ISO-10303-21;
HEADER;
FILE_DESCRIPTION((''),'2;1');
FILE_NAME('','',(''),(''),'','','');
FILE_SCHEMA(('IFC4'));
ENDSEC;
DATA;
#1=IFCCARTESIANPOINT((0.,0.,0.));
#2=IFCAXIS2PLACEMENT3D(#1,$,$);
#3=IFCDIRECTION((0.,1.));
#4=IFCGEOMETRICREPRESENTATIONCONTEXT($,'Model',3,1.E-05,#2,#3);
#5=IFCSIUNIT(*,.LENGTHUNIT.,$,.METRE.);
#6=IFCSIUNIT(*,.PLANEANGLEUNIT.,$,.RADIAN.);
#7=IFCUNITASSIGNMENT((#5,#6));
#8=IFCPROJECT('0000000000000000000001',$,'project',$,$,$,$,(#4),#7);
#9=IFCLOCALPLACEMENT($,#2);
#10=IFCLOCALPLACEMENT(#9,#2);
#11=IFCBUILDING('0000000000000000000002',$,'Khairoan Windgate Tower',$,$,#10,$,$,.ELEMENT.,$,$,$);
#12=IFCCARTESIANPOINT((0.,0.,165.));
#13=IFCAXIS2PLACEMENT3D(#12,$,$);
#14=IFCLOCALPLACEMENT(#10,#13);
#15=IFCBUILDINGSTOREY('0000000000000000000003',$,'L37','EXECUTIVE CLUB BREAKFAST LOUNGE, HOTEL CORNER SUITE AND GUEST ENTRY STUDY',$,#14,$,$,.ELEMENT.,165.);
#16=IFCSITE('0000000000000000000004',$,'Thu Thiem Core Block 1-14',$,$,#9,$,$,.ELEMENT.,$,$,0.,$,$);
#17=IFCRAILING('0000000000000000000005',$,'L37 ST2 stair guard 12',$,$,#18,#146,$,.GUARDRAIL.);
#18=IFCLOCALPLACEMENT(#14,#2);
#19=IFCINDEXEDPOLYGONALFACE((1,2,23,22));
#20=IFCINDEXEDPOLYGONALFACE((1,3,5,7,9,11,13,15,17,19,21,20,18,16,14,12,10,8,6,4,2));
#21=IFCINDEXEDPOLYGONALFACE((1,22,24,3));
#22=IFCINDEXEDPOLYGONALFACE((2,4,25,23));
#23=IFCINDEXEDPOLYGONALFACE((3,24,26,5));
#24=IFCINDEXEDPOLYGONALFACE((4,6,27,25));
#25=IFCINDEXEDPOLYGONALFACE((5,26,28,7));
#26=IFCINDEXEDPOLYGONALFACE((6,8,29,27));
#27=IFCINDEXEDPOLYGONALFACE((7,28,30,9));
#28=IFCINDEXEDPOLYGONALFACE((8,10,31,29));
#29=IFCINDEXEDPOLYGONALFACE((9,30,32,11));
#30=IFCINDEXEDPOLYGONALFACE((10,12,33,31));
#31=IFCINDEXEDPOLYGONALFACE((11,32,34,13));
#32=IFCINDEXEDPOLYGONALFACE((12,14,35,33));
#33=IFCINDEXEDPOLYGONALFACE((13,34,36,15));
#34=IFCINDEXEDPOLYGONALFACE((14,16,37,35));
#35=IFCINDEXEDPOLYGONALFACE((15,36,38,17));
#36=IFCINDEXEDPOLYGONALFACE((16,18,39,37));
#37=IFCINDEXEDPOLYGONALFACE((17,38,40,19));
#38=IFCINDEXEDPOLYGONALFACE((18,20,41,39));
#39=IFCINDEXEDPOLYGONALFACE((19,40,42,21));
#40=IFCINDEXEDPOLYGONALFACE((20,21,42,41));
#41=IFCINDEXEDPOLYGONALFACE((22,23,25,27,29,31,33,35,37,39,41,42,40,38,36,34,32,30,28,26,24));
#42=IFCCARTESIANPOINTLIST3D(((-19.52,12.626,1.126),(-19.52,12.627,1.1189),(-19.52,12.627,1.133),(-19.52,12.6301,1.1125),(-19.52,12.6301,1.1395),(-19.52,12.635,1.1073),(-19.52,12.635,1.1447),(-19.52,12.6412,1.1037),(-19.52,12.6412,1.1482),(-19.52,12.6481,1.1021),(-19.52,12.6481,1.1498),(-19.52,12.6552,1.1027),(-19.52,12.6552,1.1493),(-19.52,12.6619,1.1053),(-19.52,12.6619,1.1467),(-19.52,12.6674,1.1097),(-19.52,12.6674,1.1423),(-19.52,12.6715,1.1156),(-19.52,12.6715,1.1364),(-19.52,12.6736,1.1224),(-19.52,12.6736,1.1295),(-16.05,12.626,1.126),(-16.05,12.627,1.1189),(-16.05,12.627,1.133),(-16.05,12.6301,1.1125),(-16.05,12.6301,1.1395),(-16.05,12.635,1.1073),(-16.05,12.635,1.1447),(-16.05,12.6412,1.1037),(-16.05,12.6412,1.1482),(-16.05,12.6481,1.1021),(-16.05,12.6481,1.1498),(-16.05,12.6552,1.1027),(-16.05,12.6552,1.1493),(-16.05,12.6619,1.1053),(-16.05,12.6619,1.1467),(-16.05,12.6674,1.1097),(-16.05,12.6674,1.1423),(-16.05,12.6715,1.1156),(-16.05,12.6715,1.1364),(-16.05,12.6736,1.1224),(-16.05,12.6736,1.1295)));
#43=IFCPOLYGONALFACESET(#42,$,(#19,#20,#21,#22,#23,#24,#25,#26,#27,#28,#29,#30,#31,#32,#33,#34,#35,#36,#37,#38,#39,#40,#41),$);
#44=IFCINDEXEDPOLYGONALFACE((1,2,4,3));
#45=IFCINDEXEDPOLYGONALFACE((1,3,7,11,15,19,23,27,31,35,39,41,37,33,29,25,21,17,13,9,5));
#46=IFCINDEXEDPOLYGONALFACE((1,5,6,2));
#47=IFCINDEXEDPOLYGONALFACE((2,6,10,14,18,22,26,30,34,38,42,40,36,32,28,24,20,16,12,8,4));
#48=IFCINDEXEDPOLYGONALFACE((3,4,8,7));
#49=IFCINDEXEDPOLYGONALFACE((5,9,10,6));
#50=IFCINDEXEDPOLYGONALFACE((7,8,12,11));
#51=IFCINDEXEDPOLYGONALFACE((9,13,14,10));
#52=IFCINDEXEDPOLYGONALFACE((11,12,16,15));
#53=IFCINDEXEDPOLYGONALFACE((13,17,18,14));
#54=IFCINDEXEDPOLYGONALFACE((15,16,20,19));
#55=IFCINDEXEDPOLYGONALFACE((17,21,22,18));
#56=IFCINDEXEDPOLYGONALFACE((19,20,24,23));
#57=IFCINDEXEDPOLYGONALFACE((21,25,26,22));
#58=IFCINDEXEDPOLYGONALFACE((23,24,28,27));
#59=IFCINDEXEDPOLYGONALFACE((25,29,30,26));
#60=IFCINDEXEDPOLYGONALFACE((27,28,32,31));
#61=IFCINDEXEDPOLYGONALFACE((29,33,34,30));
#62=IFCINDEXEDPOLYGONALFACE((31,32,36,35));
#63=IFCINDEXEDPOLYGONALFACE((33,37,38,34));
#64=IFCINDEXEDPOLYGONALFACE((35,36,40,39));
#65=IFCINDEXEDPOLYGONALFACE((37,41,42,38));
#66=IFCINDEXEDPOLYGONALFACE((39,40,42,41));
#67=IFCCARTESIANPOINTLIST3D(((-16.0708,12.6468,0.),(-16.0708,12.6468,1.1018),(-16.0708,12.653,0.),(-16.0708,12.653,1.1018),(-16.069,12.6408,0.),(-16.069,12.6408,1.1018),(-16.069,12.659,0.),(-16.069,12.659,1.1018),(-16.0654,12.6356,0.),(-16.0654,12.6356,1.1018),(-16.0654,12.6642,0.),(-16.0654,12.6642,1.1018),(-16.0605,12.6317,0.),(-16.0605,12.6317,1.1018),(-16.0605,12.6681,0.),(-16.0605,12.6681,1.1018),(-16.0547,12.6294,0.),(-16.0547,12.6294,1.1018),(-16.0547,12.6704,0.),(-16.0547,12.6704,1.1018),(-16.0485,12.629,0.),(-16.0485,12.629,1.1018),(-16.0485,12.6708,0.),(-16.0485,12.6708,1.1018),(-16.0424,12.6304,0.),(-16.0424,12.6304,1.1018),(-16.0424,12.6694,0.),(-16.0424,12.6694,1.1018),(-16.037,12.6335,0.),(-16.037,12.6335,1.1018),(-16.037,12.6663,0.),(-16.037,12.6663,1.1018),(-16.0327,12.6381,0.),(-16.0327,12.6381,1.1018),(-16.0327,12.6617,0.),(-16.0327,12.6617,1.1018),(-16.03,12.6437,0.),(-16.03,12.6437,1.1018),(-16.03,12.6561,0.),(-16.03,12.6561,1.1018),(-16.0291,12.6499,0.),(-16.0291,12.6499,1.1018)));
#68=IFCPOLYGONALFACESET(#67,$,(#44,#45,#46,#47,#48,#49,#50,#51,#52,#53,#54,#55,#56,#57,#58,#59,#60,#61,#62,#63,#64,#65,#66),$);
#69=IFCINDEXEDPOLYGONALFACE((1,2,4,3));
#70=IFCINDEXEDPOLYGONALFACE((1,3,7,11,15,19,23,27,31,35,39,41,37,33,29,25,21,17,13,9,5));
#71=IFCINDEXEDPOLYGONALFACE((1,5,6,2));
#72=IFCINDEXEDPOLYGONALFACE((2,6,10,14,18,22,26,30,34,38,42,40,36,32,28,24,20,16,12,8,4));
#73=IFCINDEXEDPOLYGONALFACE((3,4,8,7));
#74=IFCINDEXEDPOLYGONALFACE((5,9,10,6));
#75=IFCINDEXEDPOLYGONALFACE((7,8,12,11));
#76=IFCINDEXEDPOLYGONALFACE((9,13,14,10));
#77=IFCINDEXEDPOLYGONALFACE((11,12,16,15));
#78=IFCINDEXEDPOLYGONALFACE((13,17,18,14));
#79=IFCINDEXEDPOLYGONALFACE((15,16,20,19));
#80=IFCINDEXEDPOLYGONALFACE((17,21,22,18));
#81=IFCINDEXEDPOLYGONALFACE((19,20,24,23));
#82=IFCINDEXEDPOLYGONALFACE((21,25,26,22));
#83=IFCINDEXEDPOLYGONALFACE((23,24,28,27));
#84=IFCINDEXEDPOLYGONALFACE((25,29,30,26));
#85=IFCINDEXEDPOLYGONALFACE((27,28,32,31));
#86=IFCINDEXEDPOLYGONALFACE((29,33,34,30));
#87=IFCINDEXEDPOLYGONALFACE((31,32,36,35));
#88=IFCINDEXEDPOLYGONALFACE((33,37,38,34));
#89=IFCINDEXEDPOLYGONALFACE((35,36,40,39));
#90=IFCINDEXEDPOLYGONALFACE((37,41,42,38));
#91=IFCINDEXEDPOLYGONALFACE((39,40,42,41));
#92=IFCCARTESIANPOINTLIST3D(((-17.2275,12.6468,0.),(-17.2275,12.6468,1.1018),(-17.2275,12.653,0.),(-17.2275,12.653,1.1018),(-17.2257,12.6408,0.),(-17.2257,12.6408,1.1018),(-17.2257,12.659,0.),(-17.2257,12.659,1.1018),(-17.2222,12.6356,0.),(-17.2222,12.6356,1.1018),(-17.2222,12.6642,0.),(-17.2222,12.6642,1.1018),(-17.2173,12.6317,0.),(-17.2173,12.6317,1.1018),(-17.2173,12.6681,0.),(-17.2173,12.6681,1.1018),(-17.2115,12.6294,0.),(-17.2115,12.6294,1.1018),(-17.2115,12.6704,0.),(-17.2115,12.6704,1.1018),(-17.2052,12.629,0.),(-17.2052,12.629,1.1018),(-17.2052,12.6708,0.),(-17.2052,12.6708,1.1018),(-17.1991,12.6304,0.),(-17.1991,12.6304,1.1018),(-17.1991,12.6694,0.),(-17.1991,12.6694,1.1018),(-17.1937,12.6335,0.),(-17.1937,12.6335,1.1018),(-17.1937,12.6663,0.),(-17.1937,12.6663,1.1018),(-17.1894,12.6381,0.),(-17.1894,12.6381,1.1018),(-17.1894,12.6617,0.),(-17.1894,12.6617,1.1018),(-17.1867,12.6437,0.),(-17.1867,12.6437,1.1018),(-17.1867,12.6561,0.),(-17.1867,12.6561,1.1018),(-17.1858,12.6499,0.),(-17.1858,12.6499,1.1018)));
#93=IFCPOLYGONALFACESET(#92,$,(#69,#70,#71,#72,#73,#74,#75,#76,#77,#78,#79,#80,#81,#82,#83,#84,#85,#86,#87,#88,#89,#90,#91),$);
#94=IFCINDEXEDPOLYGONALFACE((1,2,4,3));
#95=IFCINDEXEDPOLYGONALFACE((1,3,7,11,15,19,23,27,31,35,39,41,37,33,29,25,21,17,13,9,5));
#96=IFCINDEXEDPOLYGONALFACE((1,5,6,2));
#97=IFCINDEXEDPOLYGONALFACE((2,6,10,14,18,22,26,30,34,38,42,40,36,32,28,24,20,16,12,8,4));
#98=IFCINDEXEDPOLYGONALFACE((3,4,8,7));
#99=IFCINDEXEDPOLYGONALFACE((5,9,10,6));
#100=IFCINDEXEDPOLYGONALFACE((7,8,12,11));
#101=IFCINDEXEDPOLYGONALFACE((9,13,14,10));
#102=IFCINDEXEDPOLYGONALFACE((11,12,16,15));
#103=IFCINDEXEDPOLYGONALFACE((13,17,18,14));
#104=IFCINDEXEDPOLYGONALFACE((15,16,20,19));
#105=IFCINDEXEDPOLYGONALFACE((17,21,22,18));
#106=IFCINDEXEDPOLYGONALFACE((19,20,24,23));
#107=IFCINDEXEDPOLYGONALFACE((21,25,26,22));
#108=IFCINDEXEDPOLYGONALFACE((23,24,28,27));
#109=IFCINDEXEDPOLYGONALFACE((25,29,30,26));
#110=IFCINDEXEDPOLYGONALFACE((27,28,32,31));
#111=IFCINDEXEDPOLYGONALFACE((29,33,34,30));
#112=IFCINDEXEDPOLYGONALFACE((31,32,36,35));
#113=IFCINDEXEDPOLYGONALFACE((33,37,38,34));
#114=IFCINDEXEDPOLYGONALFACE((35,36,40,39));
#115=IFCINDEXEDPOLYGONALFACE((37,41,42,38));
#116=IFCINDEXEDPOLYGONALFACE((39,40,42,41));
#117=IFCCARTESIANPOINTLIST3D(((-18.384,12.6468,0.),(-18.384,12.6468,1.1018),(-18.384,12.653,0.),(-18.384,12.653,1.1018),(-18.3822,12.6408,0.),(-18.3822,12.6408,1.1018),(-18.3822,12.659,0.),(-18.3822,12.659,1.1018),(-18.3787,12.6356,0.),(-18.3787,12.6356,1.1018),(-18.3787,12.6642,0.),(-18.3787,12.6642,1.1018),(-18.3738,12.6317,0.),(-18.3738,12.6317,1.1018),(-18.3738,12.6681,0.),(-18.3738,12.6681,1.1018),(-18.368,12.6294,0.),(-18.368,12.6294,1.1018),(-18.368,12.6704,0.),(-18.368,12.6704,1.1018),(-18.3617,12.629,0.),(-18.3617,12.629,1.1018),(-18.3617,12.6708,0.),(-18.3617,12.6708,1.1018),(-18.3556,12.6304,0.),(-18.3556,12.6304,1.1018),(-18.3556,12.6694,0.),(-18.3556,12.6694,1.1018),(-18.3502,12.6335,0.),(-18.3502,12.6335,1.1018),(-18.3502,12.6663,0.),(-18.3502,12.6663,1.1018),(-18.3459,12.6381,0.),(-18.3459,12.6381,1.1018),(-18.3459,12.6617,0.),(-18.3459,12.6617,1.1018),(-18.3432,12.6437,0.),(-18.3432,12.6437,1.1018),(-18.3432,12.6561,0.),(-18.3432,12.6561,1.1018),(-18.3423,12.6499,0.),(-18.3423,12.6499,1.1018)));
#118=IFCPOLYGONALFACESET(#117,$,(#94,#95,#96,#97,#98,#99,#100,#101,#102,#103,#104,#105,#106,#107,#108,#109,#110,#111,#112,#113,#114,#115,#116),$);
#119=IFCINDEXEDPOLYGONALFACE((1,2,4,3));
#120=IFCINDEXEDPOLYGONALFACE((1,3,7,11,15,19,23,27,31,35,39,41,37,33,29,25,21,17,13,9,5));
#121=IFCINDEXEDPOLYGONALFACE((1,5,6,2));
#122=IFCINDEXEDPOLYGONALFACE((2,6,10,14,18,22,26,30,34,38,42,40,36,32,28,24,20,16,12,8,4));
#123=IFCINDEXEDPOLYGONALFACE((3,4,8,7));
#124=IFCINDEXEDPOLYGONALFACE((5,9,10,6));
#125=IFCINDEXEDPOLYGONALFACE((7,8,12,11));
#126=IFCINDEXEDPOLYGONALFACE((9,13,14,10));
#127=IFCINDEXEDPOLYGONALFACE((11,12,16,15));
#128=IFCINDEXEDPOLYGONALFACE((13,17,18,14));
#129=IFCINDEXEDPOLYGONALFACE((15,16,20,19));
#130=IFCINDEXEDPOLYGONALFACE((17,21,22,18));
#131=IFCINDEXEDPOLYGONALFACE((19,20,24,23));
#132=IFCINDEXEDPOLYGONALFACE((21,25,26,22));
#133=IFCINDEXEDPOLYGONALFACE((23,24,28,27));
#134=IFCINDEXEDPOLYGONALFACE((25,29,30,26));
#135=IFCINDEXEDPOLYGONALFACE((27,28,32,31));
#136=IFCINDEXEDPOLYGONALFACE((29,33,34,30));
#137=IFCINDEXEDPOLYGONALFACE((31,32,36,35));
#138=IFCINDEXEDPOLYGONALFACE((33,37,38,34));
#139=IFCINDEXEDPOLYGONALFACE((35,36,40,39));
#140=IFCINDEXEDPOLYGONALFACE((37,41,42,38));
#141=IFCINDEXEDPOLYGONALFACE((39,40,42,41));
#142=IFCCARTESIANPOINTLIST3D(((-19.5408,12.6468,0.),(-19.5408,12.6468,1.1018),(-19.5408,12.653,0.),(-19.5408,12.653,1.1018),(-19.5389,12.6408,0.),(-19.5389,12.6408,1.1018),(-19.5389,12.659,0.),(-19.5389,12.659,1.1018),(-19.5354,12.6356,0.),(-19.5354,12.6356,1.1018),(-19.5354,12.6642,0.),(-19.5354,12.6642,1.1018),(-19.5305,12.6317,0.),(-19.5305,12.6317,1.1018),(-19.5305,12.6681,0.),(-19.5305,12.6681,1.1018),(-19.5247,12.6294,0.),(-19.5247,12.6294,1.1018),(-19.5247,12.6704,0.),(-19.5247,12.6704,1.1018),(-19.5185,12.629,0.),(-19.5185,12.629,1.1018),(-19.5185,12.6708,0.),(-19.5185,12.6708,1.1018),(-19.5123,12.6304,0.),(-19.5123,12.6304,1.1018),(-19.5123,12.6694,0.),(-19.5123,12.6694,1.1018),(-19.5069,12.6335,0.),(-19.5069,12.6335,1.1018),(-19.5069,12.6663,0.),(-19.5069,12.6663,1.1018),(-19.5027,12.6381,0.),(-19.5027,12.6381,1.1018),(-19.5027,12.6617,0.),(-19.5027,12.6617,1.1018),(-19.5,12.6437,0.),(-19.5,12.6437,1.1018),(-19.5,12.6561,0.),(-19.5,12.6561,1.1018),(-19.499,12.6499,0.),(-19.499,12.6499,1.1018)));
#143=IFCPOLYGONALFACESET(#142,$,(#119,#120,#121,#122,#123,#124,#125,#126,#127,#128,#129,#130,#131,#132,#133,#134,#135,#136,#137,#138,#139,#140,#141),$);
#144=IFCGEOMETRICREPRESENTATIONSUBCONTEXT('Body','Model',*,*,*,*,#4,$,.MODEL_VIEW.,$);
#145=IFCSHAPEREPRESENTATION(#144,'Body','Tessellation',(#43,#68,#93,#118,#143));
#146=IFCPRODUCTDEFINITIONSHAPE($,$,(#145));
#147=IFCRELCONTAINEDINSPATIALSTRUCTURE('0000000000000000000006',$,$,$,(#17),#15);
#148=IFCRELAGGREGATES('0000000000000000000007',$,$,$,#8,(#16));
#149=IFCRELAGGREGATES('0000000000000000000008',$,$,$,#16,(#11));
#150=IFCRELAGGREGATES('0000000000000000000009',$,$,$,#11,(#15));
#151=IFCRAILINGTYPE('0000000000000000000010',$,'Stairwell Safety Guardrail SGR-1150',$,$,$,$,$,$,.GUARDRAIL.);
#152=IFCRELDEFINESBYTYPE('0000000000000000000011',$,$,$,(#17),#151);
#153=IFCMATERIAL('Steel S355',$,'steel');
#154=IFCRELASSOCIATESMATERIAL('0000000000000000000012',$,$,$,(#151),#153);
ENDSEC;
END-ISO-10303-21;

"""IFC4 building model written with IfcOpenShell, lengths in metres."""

from ifc_helpers import new_model, si_unit, direction, frame, origin, origin_2d, place, context, subcontext, project, spatial, circle, extrude, material, type_object, element, save


model = new_model("IFC4")

# Units and contexts
model_context = context("Model", 3, precision=1e-05, world=origin(), true_north=direction((0.0, 1.0)))
body_context = subcontext(model_context, "Body", "Model", "MODEL_VIEW")
ifc_project = project(units=[si_unit("LENGTHUNIT", "METRE"), si_unit("PLANEANGLEUNIT", "RADIAN")], contexts=[model_context])

# Site, building, storey
site_placement = place(None, origin())
site = spatial("IfcSite", under=ifc_project, at=site_placement, Name="Thu Thiem Core Block 1-14", CompositionType="ELEMENT", RefElevation=0.0)
building_placement = place(site_placement, origin())
building = spatial("IfcBuilding", under=site, at=building_placement, Name="Khairoan Windgate Tower", CompositionType="ELEMENT")
storey_placement = place(building_placement, frame((0.0, 0.0, 165.0)))
storey = spatial("IfcBuildingStorey", under=building, at=storey_placement, Name="L37", Description="EXECUTIVE CLUB BREAKFAST LOUNGE, HOTEL CORNER SUITE AND GUEST ENTRY STUDY", CompositionType="ELEMENT", Elevation=165.0)

# Railing
ifc_material_1 = material(Name="Steel S355", Category="steel")
railing_type = type_object("IfcRailingType", Name="Stairwell Safety Guardrail SGR-1150", PredefinedType="GUARDRAIL", material=ifc_material_1)
railing_1_placement = place(storey_placement, frame((-16.05, 12.6499, 0.0)))
element("IfcRailing", 1, at=railing_1_placement, inside=storey, type_object=railing_type, Name="L37 ST2 stair guard 12", PredefinedType="GUARDRAIL", context=body_context, shape_type="SweptSolid", body=[
    extrude(circle(Radius=0.0239, at=origin_2d()), frame((0.0, 0.0, 1.126), z_axis=(-1.0, 0.0, 0.0), x_axis=(0.0, -1.0, 0.0)), (0.0, 0.0, 1.0), 3.47),
    extrude(circle(Radius=0.021, at=origin_2d()), origin(), (0.0, 0.0, 1.0), 1.1018),
    extrude(circle(Radius=0.021, at=origin_2d()), frame((-1.1567, 0.0, 0.0)), (0.0, 0.0, 1.0), 1.1018),
    extrude(circle(Radius=0.021, at=origin_2d()), frame((-2.3132, 0.0, 0.0)), (0.0, 0.0, 1.0), 1.1018),
    extrude(circle(Radius=0.021, at=origin_2d()), frame((-3.47, 0.0, 0.0)), (0.0, 0.0, 1.0), 1.1018),
])

save(model, "model.ifc")
